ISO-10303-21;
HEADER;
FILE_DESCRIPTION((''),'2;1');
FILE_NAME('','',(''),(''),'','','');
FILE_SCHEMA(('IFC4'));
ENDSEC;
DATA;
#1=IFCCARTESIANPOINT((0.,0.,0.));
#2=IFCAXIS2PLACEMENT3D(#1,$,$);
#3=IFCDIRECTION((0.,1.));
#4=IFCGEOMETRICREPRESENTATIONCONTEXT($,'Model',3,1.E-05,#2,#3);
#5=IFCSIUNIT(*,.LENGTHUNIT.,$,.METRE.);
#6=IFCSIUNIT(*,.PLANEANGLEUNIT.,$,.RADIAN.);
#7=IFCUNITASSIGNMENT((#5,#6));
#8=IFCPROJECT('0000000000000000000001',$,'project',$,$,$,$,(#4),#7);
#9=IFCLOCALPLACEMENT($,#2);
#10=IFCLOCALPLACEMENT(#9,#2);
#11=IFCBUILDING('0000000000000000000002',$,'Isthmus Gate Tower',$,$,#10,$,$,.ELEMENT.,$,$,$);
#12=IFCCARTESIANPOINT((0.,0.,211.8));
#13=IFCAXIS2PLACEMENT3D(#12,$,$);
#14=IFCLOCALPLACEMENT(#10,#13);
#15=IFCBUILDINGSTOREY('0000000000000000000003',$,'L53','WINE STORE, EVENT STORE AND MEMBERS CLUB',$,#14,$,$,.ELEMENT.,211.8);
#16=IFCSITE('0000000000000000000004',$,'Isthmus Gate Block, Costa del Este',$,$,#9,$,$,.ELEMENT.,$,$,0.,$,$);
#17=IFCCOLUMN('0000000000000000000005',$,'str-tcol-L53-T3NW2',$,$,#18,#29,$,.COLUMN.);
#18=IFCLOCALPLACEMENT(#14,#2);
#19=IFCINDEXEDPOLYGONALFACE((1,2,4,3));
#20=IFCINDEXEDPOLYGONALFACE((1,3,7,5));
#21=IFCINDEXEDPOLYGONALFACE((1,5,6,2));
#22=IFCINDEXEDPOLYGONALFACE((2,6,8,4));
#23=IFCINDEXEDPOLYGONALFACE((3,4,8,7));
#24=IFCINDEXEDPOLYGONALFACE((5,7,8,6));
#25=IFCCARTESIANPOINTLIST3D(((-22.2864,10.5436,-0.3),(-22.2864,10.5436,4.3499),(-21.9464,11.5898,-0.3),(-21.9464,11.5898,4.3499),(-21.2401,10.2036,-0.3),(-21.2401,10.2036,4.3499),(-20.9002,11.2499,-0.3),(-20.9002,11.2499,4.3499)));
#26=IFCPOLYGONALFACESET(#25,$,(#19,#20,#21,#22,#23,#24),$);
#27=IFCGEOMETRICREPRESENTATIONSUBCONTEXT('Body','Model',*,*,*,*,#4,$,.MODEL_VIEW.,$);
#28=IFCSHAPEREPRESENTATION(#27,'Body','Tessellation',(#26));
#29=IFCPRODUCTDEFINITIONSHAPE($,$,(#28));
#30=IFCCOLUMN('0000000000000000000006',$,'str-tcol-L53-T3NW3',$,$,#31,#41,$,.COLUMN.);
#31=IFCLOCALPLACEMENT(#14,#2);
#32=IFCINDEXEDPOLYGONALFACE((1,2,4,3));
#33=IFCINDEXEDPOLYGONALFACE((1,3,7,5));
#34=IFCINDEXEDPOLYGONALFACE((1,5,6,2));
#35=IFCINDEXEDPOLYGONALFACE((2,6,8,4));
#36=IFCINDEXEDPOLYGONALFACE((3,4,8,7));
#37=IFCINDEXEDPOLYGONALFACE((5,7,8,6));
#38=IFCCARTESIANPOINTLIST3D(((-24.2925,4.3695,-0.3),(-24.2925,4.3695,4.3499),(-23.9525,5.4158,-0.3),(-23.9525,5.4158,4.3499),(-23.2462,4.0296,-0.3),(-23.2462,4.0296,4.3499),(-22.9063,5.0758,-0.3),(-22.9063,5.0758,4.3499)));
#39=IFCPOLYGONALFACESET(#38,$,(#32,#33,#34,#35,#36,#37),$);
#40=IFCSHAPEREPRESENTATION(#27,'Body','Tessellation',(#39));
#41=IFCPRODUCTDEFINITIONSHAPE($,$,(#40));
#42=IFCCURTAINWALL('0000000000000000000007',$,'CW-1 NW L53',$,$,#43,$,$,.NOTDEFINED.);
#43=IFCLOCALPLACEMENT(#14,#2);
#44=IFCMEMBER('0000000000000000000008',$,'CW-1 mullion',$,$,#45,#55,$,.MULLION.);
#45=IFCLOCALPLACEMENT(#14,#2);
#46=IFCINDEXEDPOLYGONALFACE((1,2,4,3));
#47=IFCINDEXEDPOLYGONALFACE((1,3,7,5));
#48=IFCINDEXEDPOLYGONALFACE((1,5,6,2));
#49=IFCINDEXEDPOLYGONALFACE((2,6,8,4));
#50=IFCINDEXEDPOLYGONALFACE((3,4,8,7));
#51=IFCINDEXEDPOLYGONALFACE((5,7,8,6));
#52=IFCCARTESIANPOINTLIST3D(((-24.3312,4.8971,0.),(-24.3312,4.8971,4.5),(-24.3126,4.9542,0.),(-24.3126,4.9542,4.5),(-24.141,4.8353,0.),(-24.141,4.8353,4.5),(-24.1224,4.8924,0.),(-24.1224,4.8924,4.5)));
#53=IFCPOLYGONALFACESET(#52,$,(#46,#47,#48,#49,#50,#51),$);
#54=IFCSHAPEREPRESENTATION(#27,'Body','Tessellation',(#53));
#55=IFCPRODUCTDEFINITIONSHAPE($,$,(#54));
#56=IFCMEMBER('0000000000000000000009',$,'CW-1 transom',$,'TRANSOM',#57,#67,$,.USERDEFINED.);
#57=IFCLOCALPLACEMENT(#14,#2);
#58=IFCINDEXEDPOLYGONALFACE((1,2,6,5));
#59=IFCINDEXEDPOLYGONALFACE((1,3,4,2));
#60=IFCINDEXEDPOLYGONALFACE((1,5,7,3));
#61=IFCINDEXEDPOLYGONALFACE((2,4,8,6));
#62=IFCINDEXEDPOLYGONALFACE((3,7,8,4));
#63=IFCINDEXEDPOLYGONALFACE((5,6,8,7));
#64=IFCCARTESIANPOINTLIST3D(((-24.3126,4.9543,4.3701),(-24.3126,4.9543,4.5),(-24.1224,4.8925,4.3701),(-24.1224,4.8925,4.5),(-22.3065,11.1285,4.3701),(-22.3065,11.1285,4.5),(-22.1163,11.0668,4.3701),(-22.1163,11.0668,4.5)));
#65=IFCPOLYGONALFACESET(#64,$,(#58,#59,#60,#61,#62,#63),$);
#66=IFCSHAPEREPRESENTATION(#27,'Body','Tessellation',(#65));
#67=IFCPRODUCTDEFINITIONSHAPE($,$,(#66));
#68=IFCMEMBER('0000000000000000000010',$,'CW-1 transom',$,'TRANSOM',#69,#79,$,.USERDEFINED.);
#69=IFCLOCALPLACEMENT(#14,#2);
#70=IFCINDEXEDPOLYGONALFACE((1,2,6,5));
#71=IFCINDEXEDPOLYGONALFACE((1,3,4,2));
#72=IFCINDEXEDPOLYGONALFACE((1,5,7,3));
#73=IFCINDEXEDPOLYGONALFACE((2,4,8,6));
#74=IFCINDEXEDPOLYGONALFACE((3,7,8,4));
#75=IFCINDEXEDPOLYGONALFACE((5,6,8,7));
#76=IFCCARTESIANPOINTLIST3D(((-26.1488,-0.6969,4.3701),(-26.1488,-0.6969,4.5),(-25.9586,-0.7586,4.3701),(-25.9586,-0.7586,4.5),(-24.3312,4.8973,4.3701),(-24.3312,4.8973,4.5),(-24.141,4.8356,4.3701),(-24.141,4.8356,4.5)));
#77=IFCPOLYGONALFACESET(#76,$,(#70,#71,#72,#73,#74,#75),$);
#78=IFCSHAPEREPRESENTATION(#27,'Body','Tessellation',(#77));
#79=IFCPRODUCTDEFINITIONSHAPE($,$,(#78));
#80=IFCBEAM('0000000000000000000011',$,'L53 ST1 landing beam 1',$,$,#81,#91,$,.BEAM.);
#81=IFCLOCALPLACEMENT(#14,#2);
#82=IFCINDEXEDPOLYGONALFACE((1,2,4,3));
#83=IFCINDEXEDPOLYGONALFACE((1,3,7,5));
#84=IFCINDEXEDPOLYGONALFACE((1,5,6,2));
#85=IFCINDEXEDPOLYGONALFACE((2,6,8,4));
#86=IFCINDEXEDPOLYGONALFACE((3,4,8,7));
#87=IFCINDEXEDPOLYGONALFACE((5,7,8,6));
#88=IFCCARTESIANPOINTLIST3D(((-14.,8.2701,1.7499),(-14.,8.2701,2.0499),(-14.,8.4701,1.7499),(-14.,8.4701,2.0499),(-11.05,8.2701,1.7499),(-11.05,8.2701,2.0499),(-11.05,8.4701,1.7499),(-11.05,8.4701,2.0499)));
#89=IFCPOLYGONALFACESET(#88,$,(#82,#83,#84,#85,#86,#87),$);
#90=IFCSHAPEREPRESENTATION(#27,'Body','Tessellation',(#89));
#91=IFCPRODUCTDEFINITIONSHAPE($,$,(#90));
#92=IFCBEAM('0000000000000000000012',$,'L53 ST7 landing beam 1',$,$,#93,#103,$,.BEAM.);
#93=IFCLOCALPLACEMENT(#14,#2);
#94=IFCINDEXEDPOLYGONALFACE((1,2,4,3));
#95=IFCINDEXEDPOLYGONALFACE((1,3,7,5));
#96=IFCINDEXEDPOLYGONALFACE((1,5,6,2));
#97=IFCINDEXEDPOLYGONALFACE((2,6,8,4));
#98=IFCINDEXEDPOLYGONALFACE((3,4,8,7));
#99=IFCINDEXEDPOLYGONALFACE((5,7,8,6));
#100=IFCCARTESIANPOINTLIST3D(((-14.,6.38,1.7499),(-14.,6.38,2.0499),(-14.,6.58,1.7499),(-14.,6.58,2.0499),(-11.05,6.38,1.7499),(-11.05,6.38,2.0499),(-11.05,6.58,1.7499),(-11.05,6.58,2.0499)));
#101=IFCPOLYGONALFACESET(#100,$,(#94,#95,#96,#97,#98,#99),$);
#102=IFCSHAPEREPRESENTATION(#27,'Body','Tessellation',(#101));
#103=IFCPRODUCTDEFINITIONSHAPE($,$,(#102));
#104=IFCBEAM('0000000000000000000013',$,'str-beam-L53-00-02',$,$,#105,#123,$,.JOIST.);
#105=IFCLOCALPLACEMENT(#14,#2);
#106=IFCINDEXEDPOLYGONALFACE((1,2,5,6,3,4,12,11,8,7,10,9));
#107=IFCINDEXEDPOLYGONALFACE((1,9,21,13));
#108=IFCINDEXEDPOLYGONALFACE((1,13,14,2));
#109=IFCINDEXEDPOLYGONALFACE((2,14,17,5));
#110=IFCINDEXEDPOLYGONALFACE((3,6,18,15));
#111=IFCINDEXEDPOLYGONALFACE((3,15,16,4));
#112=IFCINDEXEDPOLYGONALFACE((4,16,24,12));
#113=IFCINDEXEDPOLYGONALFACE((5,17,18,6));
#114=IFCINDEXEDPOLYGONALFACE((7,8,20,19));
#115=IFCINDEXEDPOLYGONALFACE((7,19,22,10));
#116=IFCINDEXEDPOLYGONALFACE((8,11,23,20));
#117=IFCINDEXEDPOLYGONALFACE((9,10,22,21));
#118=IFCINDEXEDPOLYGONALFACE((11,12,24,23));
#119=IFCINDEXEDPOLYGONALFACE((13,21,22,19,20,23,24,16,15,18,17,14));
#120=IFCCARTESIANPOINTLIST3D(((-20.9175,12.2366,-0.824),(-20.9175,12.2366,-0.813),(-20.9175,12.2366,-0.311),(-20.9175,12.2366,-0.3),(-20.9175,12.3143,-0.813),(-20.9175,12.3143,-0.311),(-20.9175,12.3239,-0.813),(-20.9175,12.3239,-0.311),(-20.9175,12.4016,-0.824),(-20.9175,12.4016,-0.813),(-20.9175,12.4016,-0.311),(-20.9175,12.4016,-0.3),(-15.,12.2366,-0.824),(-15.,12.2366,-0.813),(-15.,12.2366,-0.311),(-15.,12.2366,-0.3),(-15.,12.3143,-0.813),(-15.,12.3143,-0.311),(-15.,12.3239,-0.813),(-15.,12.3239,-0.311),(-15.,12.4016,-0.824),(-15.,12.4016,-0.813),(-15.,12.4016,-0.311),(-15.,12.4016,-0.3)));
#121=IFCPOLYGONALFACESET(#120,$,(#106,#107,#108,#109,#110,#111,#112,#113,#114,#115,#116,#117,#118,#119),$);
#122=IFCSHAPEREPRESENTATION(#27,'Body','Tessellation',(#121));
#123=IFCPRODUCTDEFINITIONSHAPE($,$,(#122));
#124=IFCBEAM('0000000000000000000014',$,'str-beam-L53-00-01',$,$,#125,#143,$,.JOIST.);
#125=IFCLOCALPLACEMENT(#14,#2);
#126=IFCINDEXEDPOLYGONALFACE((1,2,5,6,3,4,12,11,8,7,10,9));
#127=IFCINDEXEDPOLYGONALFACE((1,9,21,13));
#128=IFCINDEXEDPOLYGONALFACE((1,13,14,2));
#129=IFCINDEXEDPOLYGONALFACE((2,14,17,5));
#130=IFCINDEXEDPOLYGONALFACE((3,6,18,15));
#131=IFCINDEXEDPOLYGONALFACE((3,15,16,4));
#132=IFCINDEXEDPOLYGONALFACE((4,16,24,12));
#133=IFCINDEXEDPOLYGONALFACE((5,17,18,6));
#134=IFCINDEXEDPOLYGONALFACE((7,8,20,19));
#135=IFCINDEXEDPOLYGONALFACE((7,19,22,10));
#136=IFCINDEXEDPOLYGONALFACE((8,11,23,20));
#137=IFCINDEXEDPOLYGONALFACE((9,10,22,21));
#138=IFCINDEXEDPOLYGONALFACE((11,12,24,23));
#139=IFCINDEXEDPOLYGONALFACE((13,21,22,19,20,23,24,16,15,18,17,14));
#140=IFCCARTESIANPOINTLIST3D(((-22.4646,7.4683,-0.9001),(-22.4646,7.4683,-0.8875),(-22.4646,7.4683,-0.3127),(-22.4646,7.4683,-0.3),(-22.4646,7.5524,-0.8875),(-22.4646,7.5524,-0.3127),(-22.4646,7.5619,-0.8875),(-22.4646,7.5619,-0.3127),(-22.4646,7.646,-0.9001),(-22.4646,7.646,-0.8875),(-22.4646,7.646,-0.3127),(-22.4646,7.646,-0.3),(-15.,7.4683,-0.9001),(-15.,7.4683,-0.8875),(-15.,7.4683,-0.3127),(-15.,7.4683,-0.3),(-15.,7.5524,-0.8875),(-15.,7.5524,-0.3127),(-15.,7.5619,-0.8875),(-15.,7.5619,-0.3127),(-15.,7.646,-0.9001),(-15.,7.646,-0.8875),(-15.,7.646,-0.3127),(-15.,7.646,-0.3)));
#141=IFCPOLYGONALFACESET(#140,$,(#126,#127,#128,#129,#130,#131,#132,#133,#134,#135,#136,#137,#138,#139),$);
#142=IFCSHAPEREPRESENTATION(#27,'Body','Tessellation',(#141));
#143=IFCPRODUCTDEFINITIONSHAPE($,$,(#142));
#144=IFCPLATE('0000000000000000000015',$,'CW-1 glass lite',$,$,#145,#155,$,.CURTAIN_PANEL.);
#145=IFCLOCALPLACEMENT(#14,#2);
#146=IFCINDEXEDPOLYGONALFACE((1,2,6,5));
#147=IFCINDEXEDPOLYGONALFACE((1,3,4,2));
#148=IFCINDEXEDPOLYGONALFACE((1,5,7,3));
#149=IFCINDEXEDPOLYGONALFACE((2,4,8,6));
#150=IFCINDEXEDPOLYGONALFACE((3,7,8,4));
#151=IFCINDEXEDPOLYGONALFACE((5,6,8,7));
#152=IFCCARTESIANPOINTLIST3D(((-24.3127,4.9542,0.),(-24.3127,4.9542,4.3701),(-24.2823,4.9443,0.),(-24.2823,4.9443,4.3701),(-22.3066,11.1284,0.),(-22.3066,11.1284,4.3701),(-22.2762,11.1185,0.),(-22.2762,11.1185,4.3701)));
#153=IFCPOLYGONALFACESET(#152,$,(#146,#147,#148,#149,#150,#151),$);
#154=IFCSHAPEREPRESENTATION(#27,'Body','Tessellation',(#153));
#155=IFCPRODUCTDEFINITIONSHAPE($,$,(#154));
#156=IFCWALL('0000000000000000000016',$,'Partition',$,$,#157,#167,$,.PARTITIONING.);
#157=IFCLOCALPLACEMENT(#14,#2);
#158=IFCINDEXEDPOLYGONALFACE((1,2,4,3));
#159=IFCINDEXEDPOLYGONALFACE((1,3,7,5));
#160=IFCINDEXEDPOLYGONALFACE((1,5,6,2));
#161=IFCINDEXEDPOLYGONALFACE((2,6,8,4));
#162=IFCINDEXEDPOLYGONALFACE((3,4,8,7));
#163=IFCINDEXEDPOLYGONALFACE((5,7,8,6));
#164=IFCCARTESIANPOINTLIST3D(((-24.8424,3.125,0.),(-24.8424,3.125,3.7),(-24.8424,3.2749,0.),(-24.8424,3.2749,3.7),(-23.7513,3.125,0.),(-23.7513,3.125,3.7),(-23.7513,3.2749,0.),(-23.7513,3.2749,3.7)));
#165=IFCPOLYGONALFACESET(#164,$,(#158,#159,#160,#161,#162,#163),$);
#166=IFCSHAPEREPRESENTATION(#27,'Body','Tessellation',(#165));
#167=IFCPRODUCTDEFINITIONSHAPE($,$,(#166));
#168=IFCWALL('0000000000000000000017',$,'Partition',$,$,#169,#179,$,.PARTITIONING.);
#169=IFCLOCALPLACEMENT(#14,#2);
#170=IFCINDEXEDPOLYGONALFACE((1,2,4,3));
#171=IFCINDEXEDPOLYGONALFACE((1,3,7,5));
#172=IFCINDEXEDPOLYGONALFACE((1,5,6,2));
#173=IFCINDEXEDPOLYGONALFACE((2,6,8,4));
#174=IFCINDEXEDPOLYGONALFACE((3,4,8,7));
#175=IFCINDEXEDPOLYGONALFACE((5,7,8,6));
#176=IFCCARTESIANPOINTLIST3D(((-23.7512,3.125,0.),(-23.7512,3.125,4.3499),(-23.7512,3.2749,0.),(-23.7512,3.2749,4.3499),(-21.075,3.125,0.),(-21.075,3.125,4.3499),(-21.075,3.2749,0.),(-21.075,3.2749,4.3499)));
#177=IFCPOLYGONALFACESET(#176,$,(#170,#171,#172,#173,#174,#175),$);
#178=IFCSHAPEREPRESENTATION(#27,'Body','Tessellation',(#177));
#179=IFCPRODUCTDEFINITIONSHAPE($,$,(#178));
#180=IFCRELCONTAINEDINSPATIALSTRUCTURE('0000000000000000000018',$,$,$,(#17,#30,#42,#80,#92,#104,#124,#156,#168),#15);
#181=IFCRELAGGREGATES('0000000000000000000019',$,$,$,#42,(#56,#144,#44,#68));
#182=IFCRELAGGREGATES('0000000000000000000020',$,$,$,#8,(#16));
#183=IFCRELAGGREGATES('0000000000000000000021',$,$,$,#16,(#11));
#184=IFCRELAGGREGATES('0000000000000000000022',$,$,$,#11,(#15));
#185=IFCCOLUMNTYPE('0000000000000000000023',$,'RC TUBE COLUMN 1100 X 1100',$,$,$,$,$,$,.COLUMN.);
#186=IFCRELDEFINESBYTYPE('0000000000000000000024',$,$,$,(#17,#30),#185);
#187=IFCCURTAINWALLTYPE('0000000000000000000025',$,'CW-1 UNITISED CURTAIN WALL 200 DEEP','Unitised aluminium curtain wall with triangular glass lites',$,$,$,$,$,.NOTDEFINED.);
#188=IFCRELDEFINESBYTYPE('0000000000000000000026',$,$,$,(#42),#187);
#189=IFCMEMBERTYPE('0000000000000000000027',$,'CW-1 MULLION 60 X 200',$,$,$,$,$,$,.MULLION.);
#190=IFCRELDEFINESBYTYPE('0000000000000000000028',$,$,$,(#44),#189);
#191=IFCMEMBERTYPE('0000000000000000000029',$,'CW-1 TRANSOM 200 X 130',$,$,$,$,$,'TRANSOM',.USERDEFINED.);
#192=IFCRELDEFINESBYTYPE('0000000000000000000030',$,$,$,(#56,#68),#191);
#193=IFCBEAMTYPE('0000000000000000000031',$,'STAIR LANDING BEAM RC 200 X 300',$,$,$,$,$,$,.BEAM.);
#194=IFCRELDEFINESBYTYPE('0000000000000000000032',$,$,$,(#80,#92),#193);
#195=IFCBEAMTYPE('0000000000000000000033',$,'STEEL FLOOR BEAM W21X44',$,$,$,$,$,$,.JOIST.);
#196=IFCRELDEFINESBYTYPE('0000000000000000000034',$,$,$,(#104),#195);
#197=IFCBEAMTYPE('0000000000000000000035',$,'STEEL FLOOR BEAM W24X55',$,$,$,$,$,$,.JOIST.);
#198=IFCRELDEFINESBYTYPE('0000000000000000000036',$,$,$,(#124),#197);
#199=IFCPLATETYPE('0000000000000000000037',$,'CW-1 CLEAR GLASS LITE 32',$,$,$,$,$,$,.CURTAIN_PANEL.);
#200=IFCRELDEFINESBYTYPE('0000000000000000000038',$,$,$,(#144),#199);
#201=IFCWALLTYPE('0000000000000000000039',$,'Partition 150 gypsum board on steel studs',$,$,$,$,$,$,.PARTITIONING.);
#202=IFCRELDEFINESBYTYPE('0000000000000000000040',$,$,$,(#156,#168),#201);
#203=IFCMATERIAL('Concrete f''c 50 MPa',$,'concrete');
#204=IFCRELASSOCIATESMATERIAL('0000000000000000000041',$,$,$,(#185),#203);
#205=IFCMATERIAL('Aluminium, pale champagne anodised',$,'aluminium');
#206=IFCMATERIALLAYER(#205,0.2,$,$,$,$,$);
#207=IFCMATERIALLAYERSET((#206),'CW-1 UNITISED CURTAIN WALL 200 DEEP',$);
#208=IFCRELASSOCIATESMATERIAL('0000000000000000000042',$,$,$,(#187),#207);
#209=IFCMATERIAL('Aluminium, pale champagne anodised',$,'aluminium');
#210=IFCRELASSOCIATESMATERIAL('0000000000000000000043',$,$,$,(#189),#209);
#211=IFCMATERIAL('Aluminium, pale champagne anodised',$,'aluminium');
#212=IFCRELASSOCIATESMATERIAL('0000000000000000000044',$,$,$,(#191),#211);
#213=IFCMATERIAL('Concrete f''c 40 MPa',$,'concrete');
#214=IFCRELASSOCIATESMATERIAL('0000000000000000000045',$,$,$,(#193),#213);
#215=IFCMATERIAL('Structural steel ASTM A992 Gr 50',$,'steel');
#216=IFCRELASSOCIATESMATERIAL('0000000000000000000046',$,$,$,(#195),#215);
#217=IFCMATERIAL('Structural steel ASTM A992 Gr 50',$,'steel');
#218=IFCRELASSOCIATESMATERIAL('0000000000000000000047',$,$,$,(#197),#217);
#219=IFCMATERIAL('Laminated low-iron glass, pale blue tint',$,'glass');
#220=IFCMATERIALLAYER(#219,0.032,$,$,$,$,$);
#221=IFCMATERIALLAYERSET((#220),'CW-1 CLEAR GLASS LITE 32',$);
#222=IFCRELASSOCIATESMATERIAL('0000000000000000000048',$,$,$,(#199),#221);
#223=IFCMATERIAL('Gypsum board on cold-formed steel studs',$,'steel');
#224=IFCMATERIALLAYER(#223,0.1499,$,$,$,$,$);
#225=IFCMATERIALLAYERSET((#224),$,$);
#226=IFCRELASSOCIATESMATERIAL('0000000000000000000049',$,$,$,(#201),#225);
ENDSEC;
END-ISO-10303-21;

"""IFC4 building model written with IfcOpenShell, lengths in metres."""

from ifc_helpers import new_model, si_unit, direction, frame, frame_2d, origin, origin_2d, place, context, subcontext, project, spatial, rectangle, i_section, extrude, material, layer, layer_set, material_profile, profile_set, type_object, element, aggregate, save


model = new_model("IFC4")

# Units and contexts
model_context = context("Model", 3, precision=1e-05, world=origin(), true_north=direction((0.0, 1.0)))
body_context = subcontext(model_context, "Body", "Model", "MODEL_VIEW")
ifc_project = project(units=[si_unit("LENGTHUNIT", "METRE"), si_unit("PLANEANGLEUNIT", "RADIAN")], contexts=[model_context])

# Site, building, storey
site_placement = place(None, origin())
site = spatial("IfcSite", under=ifc_project, at=site_placement, Name="Isthmus Gate Block, Costa del Este", CompositionType="ELEMENT", RefElevation=0.0)
building_placement = place(site_placement, origin())
building = spatial("IfcBuilding", under=site, at=building_placement, Name="Isthmus Gate Tower", CompositionType="ELEMENT")
storey_placement = place(building_placement, frame((0.0, 0.0, 211.8)))
storey = spatial("IfcBuildingStorey", under=building, at=storey_placement, Name="L53", Description="WINE STORE, EVENT STORE AND MEMBERS CLUB", CompositionType="ELEMENT", Elevation=211.8)

# Columns
ifc_material_1 = material(Name="Concrete f'c 50 MPa", Category="concrete")
ifc_material_profile_1 = material_profile(ifc_material_1, rectangle(XDim=1.1001, YDim=1.1001, at=origin_2d()), Name="RC 1100X1100")
ifc_profile_set_1 = profile_set([ifc_material_profile_1], Name="Concrete f'c 50 MPa")
column_type = type_object("IfcColumnType", Name="RC TUBE COLUMN 1100 X 1100", PredefinedType="COLUMN", material=ifc_profile_set_1)
for number, where, z_axis, x_axis, name in (
    (1, (-21.5933, 10.8967, -0.3), (0.0, 0.0, 1.0), (-0.309017, -0.951057, 0.0), "str-tcol-L53-T3NW2"),
    (2, (-23.5994, 4.7227, -0.3), (0.0, 0.0, 1.0), (-0.309017, -0.951057, 0.0), "str-tcol-L53-T3NW3"),
):
    element("IfcColumn", number, at=place(storey_placement, frame(where, z_axis=z_axis, x_axis=x_axis)), inside=storey, type_object=column_type, Name=name, PredefinedType="COLUMN", context=body_context, shape_type="SweptSolid", body=[
        extrude(rectangle(XDim=1.1001, YDim=1.1001, at=origin_2d()), origin(), (0.0, 0.0, 1.0), 4.6499),
    ])

# Curtain wall, members
ifc_material_2 = material(Name="Aluminium, pale champagne anodised", Category="aluminium")
ifc_layer_1 = layer(ifc_material_2, 0.2)
ifc_layer_set_1 = layer_set([ifc_layer_1], Name="CW-1 UNITISED CURTAIN WALL 200 DEEP")
curtain_wall_type = type_object("IfcCurtainWallType", Name="CW-1 UNITISED CURTAIN WALL 200 DEEP", Description="Unitised aluminium curtain wall with triangular glass lites", PredefinedType="NOTDEFINED", material=ifc_layer_set_1)
curtain_wall_placement = place(storey_placement, origin())
curtain_wall = element("IfcCurtainWall", 3, at=curtain_wall_placement, inside=storey, type_object=curtain_wall_type, Name="CW-1 NW L53", PredefinedType="NOTDEFINED")
ifc_material_3 = material(Name="Aluminium, pale champagne anodised", Category="aluminium")
ifc_material_profile_2 = material_profile(ifc_material_3, rectangle(XDim=0.0601, YDim=0.2, at=origin_2d()), Name="60x200")
ifc_profile_set_2 = profile_set([ifc_material_profile_2], Name="Aluminium, pale champagne anodised")
member_type_1 = type_object("IfcMemberType", Name="CW-1 MULLION 60 X 200", PredefinedType="MULLION", material=ifc_profile_set_2)
member_1_placement = place(storey_placement, frame((-24.2268, 4.8948, 0.0), z_axis=(0.0, 0.0, 1.0), x_axis=(-0.309017, -0.951057, 0.0)))
member_1 = element("IfcMember", 4, at=member_1_placement, type_object=member_type_1, Name="CW-1 mullion", PredefinedType="MULLION", context=body_context, shape_type="SweptSolid", body=[
    extrude(rectangle(XDim=0.0601, YDim=0.2, at=origin_2d()), origin(), (0.0, 0.0, 1.0), 4.5),
])
ifc_material_4 = material(Name="Aluminium, pale champagne anodised", Category="aluminium")
ifc_material_profile_3 = material_profile(ifc_material_4, rectangle(XDim=0.2, YDim=0.1299, at=origin_2d()), Name="200x130")
ifc_profile_set_3 = profile_set([ifc_material_profile_3], Name="Aluminium, pale champagne anodised")
member_type_2 = type_object("IfcMemberType", Name="CW-1 TRANSOM 200 X 130", ElementType="TRANSOM", PredefinedType="USERDEFINED", material=ifc_profile_set_3)
member_2_placement = place(storey_placement, frame((-22.2114, 11.0977, 4.4351), z_axis=(-0.30901, -0.951059, 0.0), x_axis=(0.951059, -0.30901, 0.0)))
member_2 = element("IfcMember", 5, at=member_2_placement, type_object=member_type_2, Name="CW-1 transom", ObjectType="TRANSOM", PredefinedType="USERDEFINED", context=body_context, shape_type="SweptSolid", body=[
    extrude(rectangle(XDim=0.2, YDim=0.1299, at=origin_2d()), origin(), (0.0, 0.0, 1.0), 6.4919),
])
member_3_placement = place(storey_placement, frame((-24.2361, 4.8665, 4.4351), z_axis=(-0.309009, -0.951059, 0.0), x_axis=(0.951059, -0.309009, 0.0)))
member_3 = element("IfcMember", 6, at=member_3_placement, type_object=member_type_2, Name="CW-1 transom", ObjectType="TRANSOM", PredefinedType="USERDEFINED", context=body_context, shape_type="SweptSolid", body=[
    extrude(rectangle(XDim=0.2, YDim=0.1299, at=origin_2d()), origin(), (0.0, 0.0, 1.0), 5.8821),
])

# Beams
ifc_material_5 = material(Name="Concrete f'c 40 MPa", Category="concrete")
ifc_material_profile_4 = material_profile(ifc_material_5, rectangle(XDim=0.2, YDim=0.3, at=origin_2d()), Name="STAIR LANDING BEAM RC 200 X 300")
ifc_profile_set_4 = profile_set([ifc_material_profile_4], Name="Concrete f'c 40 MPa")
beam_type_1 = type_object("IfcBeamType", Name="STAIR LANDING BEAM RC 200 X 300", PredefinedType="BEAM", material=ifc_profile_set_4)
for number, where, z_axis, x_axis, name in (
    (7, (-14.0, 8.3701, 1.8999), (1.0, 0.0, 0.0), (0.0, 1.0, 0.0), "L53 ST1 landing beam 1"),
    (8, (-14.0, 6.48, 1.8999), (1.0, 0.0, 0.0), (0.0, 1.0, 0.0), "L53 ST7 landing beam 1"),
):
    element("IfcBeam", number, at=place(storey_placement, frame(where, z_axis=z_axis, x_axis=x_axis)), inside=storey, type_object=beam_type_1, Name=name, PredefinedType="BEAM", context=body_context, shape_type="SweptSolid", body=[
        extrude(rectangle(XDim=0.2, YDim=0.3, at=origin_2d()), origin(), (0.0, 0.0, 1.0), 2.95),
    ])
ifc_material_6 = material(Name="Structural steel ASTM A992 Gr 50", Category="steel")
ifc_material_profile_5 = material_profile(ifc_material_6, i_section(OverallWidth=0.165, OverallDepth=0.5239, WebThickness=0.0095, FlangeThickness=0.011, at=origin_2d()), Name="W21X44")
ifc_profile_set_5 = profile_set([ifc_material_profile_5], Name="Structural steel ASTM A992 Gr 50")
beam_type_2 = type_object("IfcBeamType", Name="STEEL FLOOR BEAM W21X44", PredefinedType="JOIST", material=ifc_profile_set_5)
beam_1_placement = place(storey_placement, frame((-20.9175, 12.3191, -0.562), z_axis=(1.0, 0.0, 0.0), x_axis=(0.0, 1.0, 0.0)))
element("IfcBeam", 9, at=beam_1_placement, inside=storey, type_object=beam_type_2, Name="str-beam-L53-00-02", PredefinedType="JOIST", context=body_context, shape_type="SweptSolid", body=[
    extrude(i_section(OverallWidth=0.165, OverallDepth=0.5239, WebThickness=0.0095, FlangeThickness=0.011, at=origin_2d()), origin(), (0.0, 0.0, 1.0), 5.9175),
])
ifc_material_7 = material(Name="Structural steel ASTM A992 Gr 50", Category="steel")
ifc_material_profile_6 = material_profile(ifc_material_7, i_section(OverallWidth=0.1777, OverallDepth=0.6001, WebThickness=0.0095, FlangeThickness=0.0127, at=origin_2d()), Name="W24X55")
ifc_profile_set_6 = profile_set([ifc_material_profile_6], Name="Structural steel ASTM A992 Gr 50")
beam_type_3 = type_object("IfcBeamType", Name="STEEL FLOOR BEAM W24X55", PredefinedType="JOIST", material=ifc_profile_set_6)
beam_2_placement = place(storey_placement, frame((-22.4646, 7.5571, -0.6001), z_axis=(1.0, 0.0, 0.0), x_axis=(0.0, 1.0, 0.0)))
element("IfcBeam", 10, at=beam_2_placement, inside=storey, type_object=beam_type_3, Name="str-beam-L53-00-01", PredefinedType="JOIST", context=body_context, shape_type="SweptSolid", body=[
    extrude(i_section(OverallWidth=0.1777, OverallDepth=0.6001, WebThickness=0.0095, FlangeThickness=0.0127, at=origin_2d()), origin(), (0.0, 0.0, 1.0), 7.4646),
])

# Plate
ifc_material_8 = material(Name="Laminated low-iron glass, pale blue tint", Category="glass")
ifc_layer_2 = layer(ifc_material_8, 0.032)
ifc_layer_set_2 = layer_set([ifc_layer_2], Name="CW-1 CLEAR GLASS LITE 32")
plate_type = type_object("IfcPlateType", Name="CW-1 CLEAR GLASS LITE 32", PredefinedType="CURTAIN_PANEL", material=ifc_layer_set_2)
plate_placement = place(storey_placement, frame((-23.2944, 8.0364, 0.0), z_axis=(0.0, 0.0, 1.0), x_axis=(-0.309017, -0.951057, 0.0)))
plate = element("IfcPlate", 11, at=plate_placement, type_object=plate_type, Name="CW-1 glass lite", PredefinedType="CURTAIN_PANEL", context=body_context, shape_type="SweptSolid", body=[
    extrude(rectangle(XDim=6.4919, YDim=0.032, at=origin_2d()), origin(), (0.0, 0.0, 1.0), 4.3701),
])
aggregate(curtain_wall, [member_2, plate, member_1, member_3])

# Walls
ifc_material_9 = material(Name="Gypsum board on cold-formed steel studs", Category="steel")
ifc_layer_3 = layer(ifc_material_9, 0.1499)
ifc_layer_set_3 = layer_set([ifc_layer_3])
wall_type_1 = type_object("IfcWallType", Name="Partition 150 gypsum board on steel studs", PredefinedType="PARTITIONING", material=ifc_layer_set_3)
wall_1_placement = place(storey_placement, frame((-24.8423, 3.2, 0.0), z_axis=(0.0, 0.0, 1.0), x_axis=(1.0, 0.0, 0.0)))
element("IfcWall", 12, at=wall_1_placement, inside=storey, type_object=wall_type_1, Name="Partition", PredefinedType="PARTITIONING", context=body_context, shape_type="SweptSolid", body=[
    extrude(rectangle(XDim=1.0911, YDim=0.1499, at=frame_2d((0.5454, 0.0))), origin(), (0.0, 0.0, 1.0), 3.7),
])
wall_2_placement = place(storey_placement, frame((-23.7512, 3.2, 0.0), z_axis=(0.0, 0.0, 1.0), x_axis=(1.0, 0.0, 0.0)))
element("IfcWall", 13, at=wall_2_placement, inside=storey, type_object=wall_type_1, Name="Partition", PredefinedType="PARTITIONING", context=body_context, shape_type="SweptSolid", body=[
    extrude(rectangle(XDim=2.6763, YDim=0.1499, at=frame_2d((1.3381, 0.0))), origin(), (0.0, 0.0, 1.0), 4.3499),
])

save(model, "model.ifc")
